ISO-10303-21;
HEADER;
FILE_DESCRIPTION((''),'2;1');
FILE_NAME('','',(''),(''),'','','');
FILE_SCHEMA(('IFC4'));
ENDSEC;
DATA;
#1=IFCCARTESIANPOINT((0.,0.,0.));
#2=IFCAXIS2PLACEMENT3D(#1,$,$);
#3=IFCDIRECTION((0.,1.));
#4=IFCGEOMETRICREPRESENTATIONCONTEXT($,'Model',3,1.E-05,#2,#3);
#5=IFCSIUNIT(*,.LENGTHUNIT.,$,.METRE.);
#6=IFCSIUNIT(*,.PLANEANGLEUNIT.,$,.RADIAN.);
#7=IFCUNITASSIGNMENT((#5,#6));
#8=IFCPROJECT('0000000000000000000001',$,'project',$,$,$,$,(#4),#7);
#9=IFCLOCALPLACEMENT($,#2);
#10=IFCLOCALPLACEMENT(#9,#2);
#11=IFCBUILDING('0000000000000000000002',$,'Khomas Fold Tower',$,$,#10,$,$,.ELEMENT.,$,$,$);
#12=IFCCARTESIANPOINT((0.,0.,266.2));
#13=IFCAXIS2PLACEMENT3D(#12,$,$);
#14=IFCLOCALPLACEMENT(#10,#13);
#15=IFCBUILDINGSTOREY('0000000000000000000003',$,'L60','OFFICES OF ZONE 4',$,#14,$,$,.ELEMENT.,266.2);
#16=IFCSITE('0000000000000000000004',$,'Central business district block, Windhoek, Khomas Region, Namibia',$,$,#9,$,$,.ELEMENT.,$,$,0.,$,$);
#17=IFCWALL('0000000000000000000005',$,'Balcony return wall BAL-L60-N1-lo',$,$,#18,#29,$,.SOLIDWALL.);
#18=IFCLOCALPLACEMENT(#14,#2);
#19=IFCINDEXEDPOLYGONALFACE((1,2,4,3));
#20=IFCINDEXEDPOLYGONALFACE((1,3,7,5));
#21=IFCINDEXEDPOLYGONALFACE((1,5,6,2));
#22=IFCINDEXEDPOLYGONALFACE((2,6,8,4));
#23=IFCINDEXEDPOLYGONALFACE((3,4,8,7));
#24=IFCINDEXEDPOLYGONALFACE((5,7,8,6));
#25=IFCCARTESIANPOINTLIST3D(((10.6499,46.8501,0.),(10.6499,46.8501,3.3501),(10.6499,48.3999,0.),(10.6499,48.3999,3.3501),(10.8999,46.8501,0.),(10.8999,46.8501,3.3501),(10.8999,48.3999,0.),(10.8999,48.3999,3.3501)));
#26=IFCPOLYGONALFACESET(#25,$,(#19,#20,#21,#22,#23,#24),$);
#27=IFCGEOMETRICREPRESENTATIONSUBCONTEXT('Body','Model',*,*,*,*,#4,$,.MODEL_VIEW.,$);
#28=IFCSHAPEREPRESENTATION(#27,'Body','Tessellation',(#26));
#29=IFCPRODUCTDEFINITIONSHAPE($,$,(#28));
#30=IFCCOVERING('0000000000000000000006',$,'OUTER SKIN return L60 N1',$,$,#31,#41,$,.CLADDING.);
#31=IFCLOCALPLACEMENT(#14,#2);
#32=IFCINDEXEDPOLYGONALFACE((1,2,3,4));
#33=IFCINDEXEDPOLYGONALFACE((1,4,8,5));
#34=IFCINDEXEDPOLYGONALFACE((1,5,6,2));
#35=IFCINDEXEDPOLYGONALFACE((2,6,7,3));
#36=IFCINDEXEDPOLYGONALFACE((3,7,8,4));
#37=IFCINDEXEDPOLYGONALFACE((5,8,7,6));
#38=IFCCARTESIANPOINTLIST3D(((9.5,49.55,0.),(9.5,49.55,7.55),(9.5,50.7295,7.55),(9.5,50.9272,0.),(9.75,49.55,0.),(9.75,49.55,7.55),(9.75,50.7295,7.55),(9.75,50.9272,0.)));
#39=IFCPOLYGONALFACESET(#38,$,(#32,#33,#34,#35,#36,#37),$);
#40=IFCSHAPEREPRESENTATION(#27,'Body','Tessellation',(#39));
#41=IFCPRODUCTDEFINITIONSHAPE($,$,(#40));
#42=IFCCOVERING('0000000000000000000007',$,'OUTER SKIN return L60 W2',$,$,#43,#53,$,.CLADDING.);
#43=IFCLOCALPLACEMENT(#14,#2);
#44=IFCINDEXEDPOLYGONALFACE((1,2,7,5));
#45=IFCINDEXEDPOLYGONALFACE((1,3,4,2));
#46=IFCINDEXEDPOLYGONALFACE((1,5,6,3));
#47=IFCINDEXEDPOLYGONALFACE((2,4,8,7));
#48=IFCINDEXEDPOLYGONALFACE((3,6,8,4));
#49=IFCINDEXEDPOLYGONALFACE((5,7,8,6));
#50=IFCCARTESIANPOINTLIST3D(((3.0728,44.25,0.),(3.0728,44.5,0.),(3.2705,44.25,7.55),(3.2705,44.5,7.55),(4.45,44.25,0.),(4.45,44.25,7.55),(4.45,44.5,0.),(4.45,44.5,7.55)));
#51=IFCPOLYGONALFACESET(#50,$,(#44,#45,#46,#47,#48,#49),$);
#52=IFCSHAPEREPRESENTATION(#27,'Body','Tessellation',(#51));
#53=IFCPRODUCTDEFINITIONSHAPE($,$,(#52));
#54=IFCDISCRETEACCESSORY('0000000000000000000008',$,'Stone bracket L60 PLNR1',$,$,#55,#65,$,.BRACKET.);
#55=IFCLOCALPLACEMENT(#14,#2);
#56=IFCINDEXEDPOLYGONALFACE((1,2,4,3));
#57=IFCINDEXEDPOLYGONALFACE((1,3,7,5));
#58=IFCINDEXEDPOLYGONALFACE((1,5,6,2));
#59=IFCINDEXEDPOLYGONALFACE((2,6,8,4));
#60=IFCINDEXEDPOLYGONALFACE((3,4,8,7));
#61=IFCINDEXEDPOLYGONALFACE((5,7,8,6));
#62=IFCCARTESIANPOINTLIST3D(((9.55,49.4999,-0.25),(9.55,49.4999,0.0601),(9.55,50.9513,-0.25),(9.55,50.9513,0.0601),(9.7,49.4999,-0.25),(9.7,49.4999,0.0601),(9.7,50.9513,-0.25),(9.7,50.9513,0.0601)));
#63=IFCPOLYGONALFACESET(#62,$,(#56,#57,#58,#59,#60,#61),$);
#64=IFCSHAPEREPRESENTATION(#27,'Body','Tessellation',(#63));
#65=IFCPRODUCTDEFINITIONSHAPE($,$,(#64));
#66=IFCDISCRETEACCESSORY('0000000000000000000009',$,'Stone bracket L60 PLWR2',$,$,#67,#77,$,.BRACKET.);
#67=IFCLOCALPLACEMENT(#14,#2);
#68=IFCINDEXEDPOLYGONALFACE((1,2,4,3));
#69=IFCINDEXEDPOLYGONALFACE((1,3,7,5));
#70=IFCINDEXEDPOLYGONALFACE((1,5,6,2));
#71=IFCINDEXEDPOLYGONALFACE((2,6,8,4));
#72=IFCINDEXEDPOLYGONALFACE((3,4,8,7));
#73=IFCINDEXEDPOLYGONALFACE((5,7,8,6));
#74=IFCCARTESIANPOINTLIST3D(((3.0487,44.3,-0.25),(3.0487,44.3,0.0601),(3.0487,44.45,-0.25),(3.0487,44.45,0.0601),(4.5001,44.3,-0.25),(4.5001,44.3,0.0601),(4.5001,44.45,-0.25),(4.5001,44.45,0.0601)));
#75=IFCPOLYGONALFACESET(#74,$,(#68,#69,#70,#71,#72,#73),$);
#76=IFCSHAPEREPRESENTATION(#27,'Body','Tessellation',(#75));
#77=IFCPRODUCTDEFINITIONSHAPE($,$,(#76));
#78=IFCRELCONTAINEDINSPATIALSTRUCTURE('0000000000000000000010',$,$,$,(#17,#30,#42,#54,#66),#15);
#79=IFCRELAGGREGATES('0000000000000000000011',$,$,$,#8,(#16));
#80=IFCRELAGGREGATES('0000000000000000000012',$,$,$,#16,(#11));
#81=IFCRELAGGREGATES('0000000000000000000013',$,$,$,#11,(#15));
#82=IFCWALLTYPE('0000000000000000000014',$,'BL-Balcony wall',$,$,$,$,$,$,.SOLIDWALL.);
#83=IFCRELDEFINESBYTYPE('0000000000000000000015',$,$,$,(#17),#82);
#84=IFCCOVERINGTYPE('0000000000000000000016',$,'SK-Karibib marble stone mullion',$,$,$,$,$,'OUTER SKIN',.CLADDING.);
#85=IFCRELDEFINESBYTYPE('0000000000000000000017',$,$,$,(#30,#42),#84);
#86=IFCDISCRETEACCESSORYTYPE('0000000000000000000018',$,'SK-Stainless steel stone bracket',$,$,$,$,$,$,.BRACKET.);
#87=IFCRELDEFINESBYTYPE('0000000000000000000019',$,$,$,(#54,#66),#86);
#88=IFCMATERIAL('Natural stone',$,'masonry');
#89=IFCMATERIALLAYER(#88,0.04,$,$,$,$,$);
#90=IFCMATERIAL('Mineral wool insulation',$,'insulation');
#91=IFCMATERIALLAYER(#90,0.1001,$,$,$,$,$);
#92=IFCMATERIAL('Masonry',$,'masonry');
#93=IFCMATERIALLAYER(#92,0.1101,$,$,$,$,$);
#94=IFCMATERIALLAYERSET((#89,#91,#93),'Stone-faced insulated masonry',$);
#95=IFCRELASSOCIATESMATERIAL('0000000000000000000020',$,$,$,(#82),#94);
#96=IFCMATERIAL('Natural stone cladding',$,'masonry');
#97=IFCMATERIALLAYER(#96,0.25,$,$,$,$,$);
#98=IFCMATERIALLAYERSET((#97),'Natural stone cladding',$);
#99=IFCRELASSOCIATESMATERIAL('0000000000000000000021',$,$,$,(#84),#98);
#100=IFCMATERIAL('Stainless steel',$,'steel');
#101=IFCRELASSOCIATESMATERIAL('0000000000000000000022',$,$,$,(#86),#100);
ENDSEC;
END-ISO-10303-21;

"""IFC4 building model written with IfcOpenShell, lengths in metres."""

from ifc_helpers import new_model, si_unit, direction, frame, frame_2d, origin, origin_2d, place, context, subcontext, project, spatial, polyline, rectangle, outline, extrude, source, transform, mapped, material, layer, layer_set, type_object, element, save


model = new_model("IFC4")

# Units and contexts
model_context = context("Model", 3, precision=1e-05, world=origin(), true_north=direction((0.0, 1.0)))
body_context = subcontext(model_context, "Body", "Model", "MODEL_VIEW")
ifc_project = project(units=[si_unit("LENGTHUNIT", "METRE"), si_unit("PLANEANGLEUNIT", "RADIAN")], contexts=[model_context])

# Site, building, storey
site_placement = place(None, origin())
site = spatial("IfcSite", under=ifc_project, at=site_placement, Name="Central business district block, Windhoek, Khomas Region, Namibia", CompositionType="ELEMENT", RefElevation=0.0)
building_placement = place(site_placement, origin())
building = spatial("IfcBuilding", under=site, at=building_placement, Name="Khomas Fold Tower", CompositionType="ELEMENT")
storey_placement = place(building_placement, frame((0.0, 0.0, 266.2)))
storey = spatial("IfcBuildingStorey", under=building, at=storey_placement, Name="L60", Description="OFFICES OF ZONE 4", CompositionType="ELEMENT", Elevation=266.2)

# Shared definitions
ifc_material_1 = material(Name="Natural stone", Category="masonry")
ifc_layer_1 = layer(ifc_material_1, 0.04)
ifc_material_2 = material(Name="Mineral wool insulation", Category="insulation")
ifc_layer_2 = layer(ifc_material_2, 0.1001)
ifc_material_3 = material(Name="Masonry", Category="masonry")
ifc_layer_3 = layer(ifc_material_3, 0.1101)
ifc_layer_set_1 = layer_set([ifc_layer_1, ifc_layer_2, ifc_layer_3], Name="Stone-faced insulated masonry")
wall_type = type_object("IfcWallType", Name="BL-Balcony wall", PredefinedType="SOLIDWALL", material=ifc_layer_set_1)

# Wall
shared_shape_1 = source(origin(), body_context, "Body", "SweptSolid", [
    extrude(rectangle(XDim=1.5498, YDim=0.25, at=frame_2d((0.7749, 0.0))), origin(), (0.0, 0.0, 1.0), 3.3501),
])
wall_1_placement = place(storey_placement, frame((10.7749, 48.3999, 0.0), z_axis=(0.0, 0.0, 1.0), x_axis=(0.0, -1.0, 0.0)))
element("IfcWall", 1, at=wall_1_placement, inside=storey, type_object=wall_type, Name="Balcony return wall BAL-L60-N1-lo", PredefinedType="SOLIDWALL", context=body_context, shape_type="MappedRepresentation", body=[
    mapped(shared_shape_1, transform((0.0, 0.0, 0.0))),
])

# Coverings
ifc_material_4 = material(Name="Natural stone cladding", Category="masonry")
ifc_layer_4 = layer(ifc_material_4, 0.25)
ifc_layer_set_2 = layer_set([ifc_layer_4], Name="Natural stone cladding")
covering_type = type_object("IfcCoveringType", Name="SK-Karibib marble stone mullion", ElementType="OUTER SKIN", PredefinedType="CLADDING", material=ifc_layer_set_2)
covering_1_placement = place(storey_placement, frame((9.5, 49.55, 7.55), z_axis=(-1.0, 0.0, 0.0), x_axis=(0.0, 1.0, 0.0)))
element("IfcCovering", 2, at=covering_1_placement, inside=storey, type_object=covering_type, Name="OUTER SKIN return L60 N1", PredefinedType="CLADDING", context=body_context, shape_type="SweptSolid", body=[
    extrude(outline(polyline([(0.0, 0.0), (1.1794, 0.0), (1.3772, 7.55), (0.0, 7.55), (0.0, 0.0)])), origin(), (0.0, 0.0, -1.0), 0.25),
])
covering_2_placement = place(storey_placement, frame((4.45, 44.5, 0.0), z_axis=(0.0, 1.0, 0.0), x_axis=(-1.0, 0.0, 0.0)))
element("IfcCovering", 3, at=covering_2_placement, inside=storey, type_object=covering_type, Name="OUTER SKIN return L60 W2", PredefinedType="CLADDING", context=body_context, shape_type="SweptSolid", body=[
    extrude(outline(polyline([(0.0, 0.0), (1.3772, 0.0), (1.1794, 7.55), (0.0, 7.55), (0.0, 0.0)])), origin(), (0.0, 0.0, -1.0), 0.25),
])

# Discrete accessories
ifc_material_5 = material(Name="Stainless steel", Category="steel")
discrete_accessory_type = type_object("IfcDiscreteAccessoryType", Name="SK-Stainless steel stone bracket", PredefinedType="BRACKET", material=ifc_material_5)
shared_shape_2 = source(origin(), body_context, "Body", "SweptSolid", [
    extrude(rectangle(XDim=1.4514, YDim=0.1499, at=origin_2d()), origin(), (0.0, 0.0, 1.0), 0.3101),
])
for number, where, z_axis, x_axis, name in (
    (4, (9.625, 50.2256, -0.25), (0.0, 0.0, 1.0), (0.0, 1.0, 0.0), "Stone bracket L60 PLNR1"),
    (5, (3.7744, 44.375, -0.25), (0.0, 0.0, 1.0), (-1.0, 0.0, 0.0), "Stone bracket L60 PLWR2"),
):
    element("IfcDiscreteAccessory", number, at=place(storey_placement, frame(where, z_axis=z_axis, x_axis=x_axis)), inside=storey, type_object=discrete_accessory_type, Name=name, PredefinedType="BRACKET", context=body_context, shape_type="MappedRepresentation", body=[
        mapped(shared_shape_2, transform((0.0, 0.0, 0.0))),
    ])

save(model, "model.ifc")
